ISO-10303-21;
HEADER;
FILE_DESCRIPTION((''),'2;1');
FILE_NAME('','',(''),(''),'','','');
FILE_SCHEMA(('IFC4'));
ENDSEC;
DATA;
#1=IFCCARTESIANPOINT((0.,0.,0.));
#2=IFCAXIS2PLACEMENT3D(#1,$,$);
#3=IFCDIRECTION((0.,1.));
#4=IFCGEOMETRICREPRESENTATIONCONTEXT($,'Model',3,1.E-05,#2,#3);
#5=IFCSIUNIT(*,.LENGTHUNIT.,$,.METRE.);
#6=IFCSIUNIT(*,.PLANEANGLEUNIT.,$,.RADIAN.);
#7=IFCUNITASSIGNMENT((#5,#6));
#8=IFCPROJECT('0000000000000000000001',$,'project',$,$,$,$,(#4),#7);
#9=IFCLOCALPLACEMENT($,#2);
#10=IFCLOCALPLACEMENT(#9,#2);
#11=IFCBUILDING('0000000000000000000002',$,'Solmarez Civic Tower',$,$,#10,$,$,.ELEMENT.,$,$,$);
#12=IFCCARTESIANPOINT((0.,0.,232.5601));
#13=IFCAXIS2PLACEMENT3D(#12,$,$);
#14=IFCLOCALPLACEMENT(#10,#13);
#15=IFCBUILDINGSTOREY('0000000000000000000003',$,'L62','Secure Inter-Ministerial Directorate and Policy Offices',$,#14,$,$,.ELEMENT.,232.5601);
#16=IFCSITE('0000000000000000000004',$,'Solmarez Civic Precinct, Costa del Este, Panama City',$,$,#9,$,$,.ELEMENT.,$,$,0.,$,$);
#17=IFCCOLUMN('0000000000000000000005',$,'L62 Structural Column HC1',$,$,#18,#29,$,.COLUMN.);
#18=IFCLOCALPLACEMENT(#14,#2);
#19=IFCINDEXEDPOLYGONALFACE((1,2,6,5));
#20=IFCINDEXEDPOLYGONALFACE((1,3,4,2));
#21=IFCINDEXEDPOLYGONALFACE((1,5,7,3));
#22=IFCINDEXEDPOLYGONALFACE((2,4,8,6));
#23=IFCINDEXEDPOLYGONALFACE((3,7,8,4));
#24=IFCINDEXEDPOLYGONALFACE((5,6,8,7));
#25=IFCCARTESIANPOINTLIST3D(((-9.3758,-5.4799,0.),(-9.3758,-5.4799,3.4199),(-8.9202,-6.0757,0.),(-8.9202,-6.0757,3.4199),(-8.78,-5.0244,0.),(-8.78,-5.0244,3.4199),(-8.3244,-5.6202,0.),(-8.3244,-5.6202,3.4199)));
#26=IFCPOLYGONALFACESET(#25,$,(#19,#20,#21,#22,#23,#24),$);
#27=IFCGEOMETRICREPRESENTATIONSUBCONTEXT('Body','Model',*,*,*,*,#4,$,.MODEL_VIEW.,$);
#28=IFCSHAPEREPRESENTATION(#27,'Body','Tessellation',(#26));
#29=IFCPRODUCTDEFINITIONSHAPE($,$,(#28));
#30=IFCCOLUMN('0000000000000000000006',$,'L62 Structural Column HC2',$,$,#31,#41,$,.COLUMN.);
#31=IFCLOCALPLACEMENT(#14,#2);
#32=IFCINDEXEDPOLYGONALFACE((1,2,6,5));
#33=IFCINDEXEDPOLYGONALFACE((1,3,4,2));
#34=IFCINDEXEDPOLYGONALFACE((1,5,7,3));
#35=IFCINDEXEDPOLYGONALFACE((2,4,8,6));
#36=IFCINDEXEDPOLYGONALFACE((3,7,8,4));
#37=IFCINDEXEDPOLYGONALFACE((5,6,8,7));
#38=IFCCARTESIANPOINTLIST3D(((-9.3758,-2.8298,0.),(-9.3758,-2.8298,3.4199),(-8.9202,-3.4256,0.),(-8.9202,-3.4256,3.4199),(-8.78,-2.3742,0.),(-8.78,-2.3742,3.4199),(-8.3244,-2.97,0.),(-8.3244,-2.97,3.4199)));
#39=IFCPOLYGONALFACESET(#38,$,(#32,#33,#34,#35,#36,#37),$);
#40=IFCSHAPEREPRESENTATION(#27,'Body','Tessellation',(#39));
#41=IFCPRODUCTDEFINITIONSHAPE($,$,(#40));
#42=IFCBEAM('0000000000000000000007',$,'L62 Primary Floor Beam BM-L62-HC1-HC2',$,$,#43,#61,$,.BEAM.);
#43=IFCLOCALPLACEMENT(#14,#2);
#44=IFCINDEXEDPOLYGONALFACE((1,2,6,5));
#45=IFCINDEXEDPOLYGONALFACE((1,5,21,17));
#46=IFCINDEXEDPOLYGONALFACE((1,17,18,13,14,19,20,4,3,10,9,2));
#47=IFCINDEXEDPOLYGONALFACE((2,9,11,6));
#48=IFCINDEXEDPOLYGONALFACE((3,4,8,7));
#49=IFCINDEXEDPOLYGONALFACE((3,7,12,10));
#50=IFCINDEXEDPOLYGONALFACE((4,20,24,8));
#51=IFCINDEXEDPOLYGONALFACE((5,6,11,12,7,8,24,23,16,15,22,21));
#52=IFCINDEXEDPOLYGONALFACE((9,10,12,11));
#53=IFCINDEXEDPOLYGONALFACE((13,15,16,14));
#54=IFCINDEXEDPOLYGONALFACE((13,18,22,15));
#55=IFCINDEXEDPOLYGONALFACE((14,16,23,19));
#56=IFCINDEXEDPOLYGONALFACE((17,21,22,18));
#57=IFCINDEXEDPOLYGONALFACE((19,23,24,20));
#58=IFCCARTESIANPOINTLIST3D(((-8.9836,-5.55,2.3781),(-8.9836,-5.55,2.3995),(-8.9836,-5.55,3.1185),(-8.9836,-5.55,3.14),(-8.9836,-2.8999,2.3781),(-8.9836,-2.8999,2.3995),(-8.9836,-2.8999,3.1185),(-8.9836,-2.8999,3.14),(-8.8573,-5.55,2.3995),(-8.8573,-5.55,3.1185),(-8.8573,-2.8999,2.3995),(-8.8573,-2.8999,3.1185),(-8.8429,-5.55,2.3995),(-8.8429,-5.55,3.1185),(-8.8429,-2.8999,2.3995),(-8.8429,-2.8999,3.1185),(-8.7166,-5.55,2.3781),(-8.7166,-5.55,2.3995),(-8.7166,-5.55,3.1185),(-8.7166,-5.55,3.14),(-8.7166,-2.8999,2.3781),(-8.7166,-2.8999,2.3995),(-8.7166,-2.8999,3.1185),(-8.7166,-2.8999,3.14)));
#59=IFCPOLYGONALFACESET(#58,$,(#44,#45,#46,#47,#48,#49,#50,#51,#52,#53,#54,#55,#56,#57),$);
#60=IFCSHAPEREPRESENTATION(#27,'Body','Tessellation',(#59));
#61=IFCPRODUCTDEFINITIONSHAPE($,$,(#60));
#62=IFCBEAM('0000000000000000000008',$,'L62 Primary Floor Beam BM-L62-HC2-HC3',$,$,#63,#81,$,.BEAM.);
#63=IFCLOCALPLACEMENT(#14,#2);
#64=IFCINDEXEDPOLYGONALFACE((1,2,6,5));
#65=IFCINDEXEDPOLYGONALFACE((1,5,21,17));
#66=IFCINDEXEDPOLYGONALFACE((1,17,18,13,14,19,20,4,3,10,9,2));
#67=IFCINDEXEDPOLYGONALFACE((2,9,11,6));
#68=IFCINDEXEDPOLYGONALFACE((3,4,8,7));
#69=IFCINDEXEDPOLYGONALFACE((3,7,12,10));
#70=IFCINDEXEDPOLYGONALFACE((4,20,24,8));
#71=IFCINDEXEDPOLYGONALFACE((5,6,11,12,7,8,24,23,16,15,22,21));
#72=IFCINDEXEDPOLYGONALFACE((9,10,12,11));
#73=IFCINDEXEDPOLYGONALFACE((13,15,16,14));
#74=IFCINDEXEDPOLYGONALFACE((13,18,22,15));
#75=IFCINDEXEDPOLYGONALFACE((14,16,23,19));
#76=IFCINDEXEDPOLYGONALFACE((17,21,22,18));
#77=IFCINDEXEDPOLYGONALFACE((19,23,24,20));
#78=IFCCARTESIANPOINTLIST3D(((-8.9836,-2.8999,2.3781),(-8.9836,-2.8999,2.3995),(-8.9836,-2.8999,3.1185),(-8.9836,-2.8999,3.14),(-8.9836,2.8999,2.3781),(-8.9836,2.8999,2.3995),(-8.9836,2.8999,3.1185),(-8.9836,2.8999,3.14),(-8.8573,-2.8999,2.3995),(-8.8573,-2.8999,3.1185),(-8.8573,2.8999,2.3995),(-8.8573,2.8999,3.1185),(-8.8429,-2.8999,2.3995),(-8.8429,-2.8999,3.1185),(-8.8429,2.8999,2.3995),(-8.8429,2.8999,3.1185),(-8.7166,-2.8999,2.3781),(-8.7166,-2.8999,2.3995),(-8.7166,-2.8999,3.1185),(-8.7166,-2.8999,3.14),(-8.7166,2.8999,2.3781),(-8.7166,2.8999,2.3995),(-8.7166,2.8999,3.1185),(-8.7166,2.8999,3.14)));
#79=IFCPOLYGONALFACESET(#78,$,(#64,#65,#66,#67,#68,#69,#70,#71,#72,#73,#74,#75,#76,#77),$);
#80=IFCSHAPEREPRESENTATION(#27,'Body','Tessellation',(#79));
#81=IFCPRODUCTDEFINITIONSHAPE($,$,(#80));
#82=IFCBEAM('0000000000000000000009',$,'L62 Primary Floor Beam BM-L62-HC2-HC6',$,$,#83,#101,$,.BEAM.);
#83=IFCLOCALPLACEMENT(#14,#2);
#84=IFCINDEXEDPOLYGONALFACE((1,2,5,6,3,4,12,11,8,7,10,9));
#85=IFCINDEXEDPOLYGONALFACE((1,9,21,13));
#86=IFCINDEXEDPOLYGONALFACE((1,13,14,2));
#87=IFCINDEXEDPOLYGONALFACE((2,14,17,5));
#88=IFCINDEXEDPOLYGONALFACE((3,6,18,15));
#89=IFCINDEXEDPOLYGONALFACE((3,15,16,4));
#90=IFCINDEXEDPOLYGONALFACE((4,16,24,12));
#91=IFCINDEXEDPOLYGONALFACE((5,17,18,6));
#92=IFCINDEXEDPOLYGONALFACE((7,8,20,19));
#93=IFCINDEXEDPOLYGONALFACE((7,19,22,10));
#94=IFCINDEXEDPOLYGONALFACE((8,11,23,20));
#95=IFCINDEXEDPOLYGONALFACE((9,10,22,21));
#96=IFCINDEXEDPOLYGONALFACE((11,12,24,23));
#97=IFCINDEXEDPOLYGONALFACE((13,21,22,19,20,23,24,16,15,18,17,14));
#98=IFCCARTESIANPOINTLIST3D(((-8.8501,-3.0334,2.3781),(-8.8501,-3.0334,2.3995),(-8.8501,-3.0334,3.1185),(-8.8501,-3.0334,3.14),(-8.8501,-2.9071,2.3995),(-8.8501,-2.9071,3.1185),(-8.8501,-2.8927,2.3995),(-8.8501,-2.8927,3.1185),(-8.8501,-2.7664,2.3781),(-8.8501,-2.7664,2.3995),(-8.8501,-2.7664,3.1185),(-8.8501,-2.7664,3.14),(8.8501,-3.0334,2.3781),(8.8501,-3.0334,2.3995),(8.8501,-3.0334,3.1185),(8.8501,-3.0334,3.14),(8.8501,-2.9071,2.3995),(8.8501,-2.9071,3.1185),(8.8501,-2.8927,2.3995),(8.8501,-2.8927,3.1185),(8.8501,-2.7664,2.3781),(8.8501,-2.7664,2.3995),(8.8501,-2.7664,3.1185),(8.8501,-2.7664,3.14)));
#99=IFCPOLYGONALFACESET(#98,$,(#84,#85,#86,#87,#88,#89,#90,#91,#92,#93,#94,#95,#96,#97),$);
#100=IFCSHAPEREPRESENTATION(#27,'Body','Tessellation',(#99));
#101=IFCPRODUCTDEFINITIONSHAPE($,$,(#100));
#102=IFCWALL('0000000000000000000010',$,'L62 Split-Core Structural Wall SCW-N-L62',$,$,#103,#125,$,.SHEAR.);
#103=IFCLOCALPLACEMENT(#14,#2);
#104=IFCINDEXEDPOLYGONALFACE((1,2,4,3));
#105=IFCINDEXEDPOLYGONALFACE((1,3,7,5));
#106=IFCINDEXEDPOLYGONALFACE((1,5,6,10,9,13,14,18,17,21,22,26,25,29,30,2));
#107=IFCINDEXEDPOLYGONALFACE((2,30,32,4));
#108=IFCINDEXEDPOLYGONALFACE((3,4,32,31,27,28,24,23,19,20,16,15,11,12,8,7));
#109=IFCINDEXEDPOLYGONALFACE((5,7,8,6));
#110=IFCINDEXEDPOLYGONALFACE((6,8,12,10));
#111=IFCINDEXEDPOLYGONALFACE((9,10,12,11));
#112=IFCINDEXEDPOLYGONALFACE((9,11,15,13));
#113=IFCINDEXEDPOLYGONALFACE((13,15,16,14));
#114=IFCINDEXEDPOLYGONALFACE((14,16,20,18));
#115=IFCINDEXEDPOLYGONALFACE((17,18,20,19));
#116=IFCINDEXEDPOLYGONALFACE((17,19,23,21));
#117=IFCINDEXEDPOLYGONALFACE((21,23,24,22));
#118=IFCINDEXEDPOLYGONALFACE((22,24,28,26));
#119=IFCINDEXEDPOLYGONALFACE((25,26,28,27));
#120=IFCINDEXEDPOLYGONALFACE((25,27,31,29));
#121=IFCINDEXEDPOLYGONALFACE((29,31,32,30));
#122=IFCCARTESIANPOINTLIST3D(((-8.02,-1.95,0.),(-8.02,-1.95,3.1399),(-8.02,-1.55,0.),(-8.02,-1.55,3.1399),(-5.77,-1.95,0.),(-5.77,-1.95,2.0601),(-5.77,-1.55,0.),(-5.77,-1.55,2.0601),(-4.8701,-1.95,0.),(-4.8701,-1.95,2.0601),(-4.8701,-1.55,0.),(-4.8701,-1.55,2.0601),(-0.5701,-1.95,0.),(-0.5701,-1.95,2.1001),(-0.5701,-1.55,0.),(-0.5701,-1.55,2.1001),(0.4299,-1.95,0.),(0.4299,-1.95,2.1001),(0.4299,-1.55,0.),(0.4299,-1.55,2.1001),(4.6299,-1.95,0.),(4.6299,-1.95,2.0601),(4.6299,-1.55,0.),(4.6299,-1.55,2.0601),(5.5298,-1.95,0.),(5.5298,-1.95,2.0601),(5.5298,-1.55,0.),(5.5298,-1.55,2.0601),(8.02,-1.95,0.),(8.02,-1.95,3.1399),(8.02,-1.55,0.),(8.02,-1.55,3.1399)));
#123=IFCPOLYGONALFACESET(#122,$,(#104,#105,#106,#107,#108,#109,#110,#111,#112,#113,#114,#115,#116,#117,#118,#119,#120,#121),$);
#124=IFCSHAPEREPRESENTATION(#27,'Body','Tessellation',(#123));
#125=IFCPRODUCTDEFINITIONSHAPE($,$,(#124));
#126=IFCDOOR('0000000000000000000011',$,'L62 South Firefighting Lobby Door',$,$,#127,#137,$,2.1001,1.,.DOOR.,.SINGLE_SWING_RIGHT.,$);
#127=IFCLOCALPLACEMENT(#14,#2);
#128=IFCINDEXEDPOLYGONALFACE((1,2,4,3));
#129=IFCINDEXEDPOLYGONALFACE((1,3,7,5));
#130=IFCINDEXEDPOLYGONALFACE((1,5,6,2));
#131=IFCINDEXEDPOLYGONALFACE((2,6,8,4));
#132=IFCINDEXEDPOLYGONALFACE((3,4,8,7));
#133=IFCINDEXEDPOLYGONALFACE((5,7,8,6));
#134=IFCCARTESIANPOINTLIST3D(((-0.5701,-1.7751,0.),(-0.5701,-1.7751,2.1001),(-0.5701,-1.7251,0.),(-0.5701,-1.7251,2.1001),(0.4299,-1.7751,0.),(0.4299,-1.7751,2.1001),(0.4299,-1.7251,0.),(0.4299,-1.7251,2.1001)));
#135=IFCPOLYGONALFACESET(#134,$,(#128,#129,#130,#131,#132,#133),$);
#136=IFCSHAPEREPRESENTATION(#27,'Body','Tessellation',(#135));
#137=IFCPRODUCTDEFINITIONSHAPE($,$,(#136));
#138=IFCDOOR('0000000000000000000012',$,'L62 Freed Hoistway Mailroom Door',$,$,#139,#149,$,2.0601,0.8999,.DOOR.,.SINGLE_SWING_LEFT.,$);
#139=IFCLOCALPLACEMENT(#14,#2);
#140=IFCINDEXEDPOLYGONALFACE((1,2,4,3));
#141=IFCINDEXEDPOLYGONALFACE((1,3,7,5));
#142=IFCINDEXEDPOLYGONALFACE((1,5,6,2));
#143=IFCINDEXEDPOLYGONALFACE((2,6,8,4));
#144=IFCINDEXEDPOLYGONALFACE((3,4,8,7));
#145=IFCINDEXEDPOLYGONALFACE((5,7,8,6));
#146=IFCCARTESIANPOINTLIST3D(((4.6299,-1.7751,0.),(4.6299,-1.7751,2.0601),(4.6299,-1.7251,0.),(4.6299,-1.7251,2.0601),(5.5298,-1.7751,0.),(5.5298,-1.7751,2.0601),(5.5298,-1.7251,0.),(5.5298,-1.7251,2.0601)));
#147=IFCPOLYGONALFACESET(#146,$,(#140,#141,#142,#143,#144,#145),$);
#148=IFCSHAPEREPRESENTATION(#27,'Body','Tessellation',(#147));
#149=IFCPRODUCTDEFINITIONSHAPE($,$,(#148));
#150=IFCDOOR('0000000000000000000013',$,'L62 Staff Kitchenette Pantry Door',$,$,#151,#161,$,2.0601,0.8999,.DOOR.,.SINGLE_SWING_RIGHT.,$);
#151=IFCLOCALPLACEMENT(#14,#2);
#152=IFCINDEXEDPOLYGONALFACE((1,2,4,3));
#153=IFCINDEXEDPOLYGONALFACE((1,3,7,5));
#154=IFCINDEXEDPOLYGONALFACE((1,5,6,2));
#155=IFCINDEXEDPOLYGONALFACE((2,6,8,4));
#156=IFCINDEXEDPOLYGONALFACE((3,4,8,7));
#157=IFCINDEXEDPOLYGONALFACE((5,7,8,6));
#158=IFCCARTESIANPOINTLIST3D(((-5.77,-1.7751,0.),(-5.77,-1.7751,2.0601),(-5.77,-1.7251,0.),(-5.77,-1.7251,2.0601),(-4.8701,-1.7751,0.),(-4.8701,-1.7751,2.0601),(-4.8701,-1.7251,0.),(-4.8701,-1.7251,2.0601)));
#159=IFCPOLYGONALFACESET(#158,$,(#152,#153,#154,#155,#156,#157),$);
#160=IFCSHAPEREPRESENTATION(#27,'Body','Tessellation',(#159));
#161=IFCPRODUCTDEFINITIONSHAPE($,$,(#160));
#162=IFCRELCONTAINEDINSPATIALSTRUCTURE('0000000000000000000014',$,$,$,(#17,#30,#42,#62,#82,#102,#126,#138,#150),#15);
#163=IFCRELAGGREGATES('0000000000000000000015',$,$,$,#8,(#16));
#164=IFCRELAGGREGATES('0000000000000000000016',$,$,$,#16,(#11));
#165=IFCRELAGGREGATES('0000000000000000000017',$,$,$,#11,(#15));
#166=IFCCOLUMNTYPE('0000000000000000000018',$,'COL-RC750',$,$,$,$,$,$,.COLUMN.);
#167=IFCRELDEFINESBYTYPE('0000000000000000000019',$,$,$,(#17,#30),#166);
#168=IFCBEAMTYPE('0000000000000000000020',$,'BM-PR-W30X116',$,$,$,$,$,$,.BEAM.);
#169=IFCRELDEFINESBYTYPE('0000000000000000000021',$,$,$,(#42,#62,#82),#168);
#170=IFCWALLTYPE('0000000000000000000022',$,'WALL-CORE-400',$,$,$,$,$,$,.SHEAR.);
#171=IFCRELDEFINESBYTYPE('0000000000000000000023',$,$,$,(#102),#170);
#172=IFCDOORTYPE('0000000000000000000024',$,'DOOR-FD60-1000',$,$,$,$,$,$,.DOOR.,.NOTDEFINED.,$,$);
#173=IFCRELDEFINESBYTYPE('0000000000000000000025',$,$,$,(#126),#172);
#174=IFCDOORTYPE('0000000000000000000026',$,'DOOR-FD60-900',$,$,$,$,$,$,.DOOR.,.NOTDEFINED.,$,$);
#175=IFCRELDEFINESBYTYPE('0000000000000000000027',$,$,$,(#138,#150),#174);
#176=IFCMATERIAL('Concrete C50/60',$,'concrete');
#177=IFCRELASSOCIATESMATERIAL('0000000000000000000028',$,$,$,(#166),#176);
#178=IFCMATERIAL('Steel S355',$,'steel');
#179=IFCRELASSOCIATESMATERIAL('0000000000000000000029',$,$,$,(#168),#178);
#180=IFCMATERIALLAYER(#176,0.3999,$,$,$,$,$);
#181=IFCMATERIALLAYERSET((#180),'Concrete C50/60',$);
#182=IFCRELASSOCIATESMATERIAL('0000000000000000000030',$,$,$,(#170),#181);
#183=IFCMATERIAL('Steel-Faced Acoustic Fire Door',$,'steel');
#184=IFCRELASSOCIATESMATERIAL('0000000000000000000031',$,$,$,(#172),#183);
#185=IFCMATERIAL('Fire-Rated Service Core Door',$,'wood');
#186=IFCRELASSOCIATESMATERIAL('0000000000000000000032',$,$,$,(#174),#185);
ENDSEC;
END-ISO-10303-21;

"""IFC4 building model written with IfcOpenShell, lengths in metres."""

from ifc_helpers import new_model, si_unit, direction, frame, frame_2d, origin, origin_2d, place, context, subcontext, project, spatial, rectangle, i_section, extrude, material, layer, layer_set, material_profile, profile_set, type_object, element, fill, save


model = new_model("IFC4")

# Units and contexts
model_context = context("Model", 3, precision=1e-05, world=origin(), true_north=direction((0.0, 1.0)))
body_context = subcontext(model_context, "Body", "Model", "MODEL_VIEW")
ifc_project = project(units=[si_unit("LENGTHUNIT", "METRE"), si_unit("PLANEANGLEUNIT", "RADIAN")], contexts=[model_context])

# Site, building, storey
site_placement = place(None, origin())
site = spatial("IfcSite", under=ifc_project, at=site_placement, Name="Solmarez Civic Precinct, Costa del Este, Panama City", CompositionType="ELEMENT", RefElevation=0.0)
building_placement = place(site_placement, origin())
building = spatial("IfcBuilding", under=site, at=building_placement, Name="Solmarez Civic Tower", CompositionType="ELEMENT")
storey_placement = place(building_placement, frame((0.0, 0.0, 232.5601)))
storey = spatial("IfcBuildingStorey", under=building, at=storey_placement, Name="L62", Description="Secure Inter-Ministerial Directorate and Policy Offices", CompositionType="ELEMENT", Elevation=232.5601)

# Columns
ifc_material_1 = material(Name="Concrete C50/60", Category="concrete")
ifc_material_profile_1 = material_profile(ifc_material_1, rectangle(XDim=0.75, YDim=0.75, at=origin_2d()), Name="RC750X750")
ifc_profile_set_1 = profile_set([ifc_material_profile_1], Name="Concrete C50/60")
column_type = type_object("IfcColumnType", Name="COL-RC750", PredefinedType="COLUMN", material=ifc_profile_set_1)
for number, where, z_axis, x_axis, name in (
    (1, (-8.8501, -5.55, 0.0), (0.0, 0.0, 1.0), (0.794415, 0.607376, 0.0), "L62 Structural Column HC1"),
    (2, (-8.8501, -2.8999, 0.0), (0.0, 0.0, 1.0), (0.794415, 0.607376, 0.0), "L62 Structural Column HC2"),
):
    element("IfcColumn", number, at=place(storey_placement, frame(where, z_axis=z_axis, x_axis=x_axis)), inside=storey, type_object=column_type, Name=name, PredefinedType="COLUMN", context=body_context, shape_type="SweptSolid", body=[
        extrude(rectangle(XDim=0.75, YDim=0.75, at=origin_2d()), origin(), (0.0, 0.0, 1.0), 3.4199),
    ])

# Beams
ifc_material_2 = material(Name="Steel S355", Category="steel")
ifc_material_profile_2 = material_profile(ifc_material_2, i_section(OverallWidth=0.2671, OverallDepth=0.762, WebThickness=0.0144, FlangeThickness=0.0215, at=origin_2d()), Name="W30X116")
ifc_profile_set_2 = profile_set([ifc_material_profile_2], Name="Steel S355")
beam_type = type_object("IfcBeamType", Name="BM-PR-W30X116", PredefinedType="BEAM", material=ifc_profile_set_2)
beam_1_placement = place(storey_placement, frame((-8.8501, -5.55, 2.759), z_axis=(0.0, 1.0, 0.0), x_axis=(-1.0, 0.0, 0.0)))
element("IfcBeam", 3, at=beam_1_placement, inside=storey, type_object=beam_type, Name="L62 Primary Floor Beam BM-L62-HC1-HC2", PredefinedType="BEAM", context=body_context, shape_type="SweptSolid", body=[
    extrude(i_section(OverallWidth=0.2671, OverallDepth=0.762, WebThickness=0.0144, FlangeThickness=0.0215, at=origin_2d()), origin(), (0.0, 0.0, 1.0), 2.6501),
])
beam_2_placement = place(storey_placement, frame((-8.8501, -2.8999, 2.759), z_axis=(0.0, 1.0, 0.0), x_axis=(-1.0, 0.0, 0.0)))
element("IfcBeam", 4, at=beam_2_placement, inside=storey, type_object=beam_type, Name="L62 Primary Floor Beam BM-L62-HC2-HC3", PredefinedType="BEAM", context=body_context, shape_type="SweptSolid", body=[
    extrude(i_section(OverallWidth=0.2671, OverallDepth=0.762, WebThickness=0.0144, FlangeThickness=0.0215, at=origin_2d()), origin(), (0.0, 0.0, 1.0), 5.7998),
])
beam_3_placement = place(storey_placement, frame((-8.8501, -2.8999, 2.759), z_axis=(1.0, 0.0, 0.0), x_axis=(0.0, 1.0, 0.0)))
element("IfcBeam", 5, at=beam_3_placement, inside=storey, type_object=beam_type, Name="L62 Primary Floor Beam BM-L62-HC2-HC6", PredefinedType="BEAM", context=body_context, shape_type="SweptSolid", body=[
    extrude(i_section(OverallWidth=0.2671, OverallDepth=0.762, WebThickness=0.0144, FlangeThickness=0.0215, at=origin_2d()), origin(), (0.0, 0.0, 1.0), 17.7002),
])

# Wall, openings, doors
ifc_layer_1 = layer(ifc_material_1, 0.3999)
ifc_layer_set_1 = layer_set([ifc_layer_1], Name="Concrete C50/60")
wall_type_1 = type_object("IfcWallType", Name="WALL-CORE-400", PredefinedType="SHEAR", material=ifc_layer_set_1)
wall_1_placement = place(storey_placement, frame((-8.02, -1.75, 0.0), z_axis=(0.0, 0.0, 1.0), x_axis=(1.0, 0.0, 0.0)))
wall_1 = element("IfcWall", 6, at=wall_1_placement, inside=storey, type_object=wall_type_1, Name="L62 Split-Core Structural Wall SCW-N-L62", PredefinedType="SHEAR", context=body_context, shape_type="SweptSolid", body=[
    extrude(rectangle(XDim=16.04, YDim=0.3999, at=frame_2d((8.02, 0.0))), origin(), (0.0, 0.0, 1.0), 3.1399),
])
opening_1_placement = place(wall_1_placement, frame((7.45, 0.0, 0.0)))
opening_1 = element("IfcOpeningElement", 7, at=opening_1_placement, cuts=wall_1, PredefinedType="OPENING", context=body_context, shape_type="SweptSolid", body=[
    extrude(rectangle(XDim=1.0, YDim=2.1001, at=frame_2d((0.5, 1.05))), frame((0.0, 0.21, 0.0), z_axis=(0.0, -1.0, 0.0), x_axis=(1.0, 0.0, 0.0)), (0.0, 0.0, 1.0), 0.4199),
])
opening_2_placement = place(wall_1_placement, frame((12.6499, 0.0, 0.0)))
opening_2 = element("IfcOpeningElement", 8, at=opening_2_placement, cuts=wall_1, PredefinedType="OPENING", context=body_context, shape_type="SweptSolid", body=[
    extrude(rectangle(XDim=0.8999, YDim=2.0601, at=frame_2d((0.45, 1.03))), frame((0.0, 0.21, 0.0), z_axis=(0.0, -1.0, 0.0), x_axis=(1.0, 0.0, 0.0)), (0.0, 0.0, 1.0), 0.4199),
])
opening_3_placement = place(wall_1_placement, frame((2.25, 0.0, 0.0)))
opening_3 = element("IfcOpeningElement", 9, at=opening_3_placement, cuts=wall_1, PredefinedType="OPENING", context=body_context, shape_type="SweptSolid", body=[
    extrude(rectangle(XDim=0.8999, YDim=2.0601, at=frame_2d((0.45, 1.03))), frame((0.0, 0.21, 0.0), z_axis=(0.0, -1.0, 0.0), x_axis=(1.0, 0.0, 0.0)), (0.0, 0.0, 1.0), 0.4199),
])
ifc_material_3 = material(Name="Steel-Faced Acoustic Fire Door", Category="steel")
door_type_1 = type_object("IfcDoorType", Name="DOOR-FD60-1000", OperationType="NOTDEFINED", PredefinedType="DOOR", material=ifc_material_3)
door_1_placement = place(opening_1_placement, origin())
door_1 = element("IfcDoor", 10, at=door_1_placement, inside=storey, type_object=door_type_1, Name="L62 South Firefighting Lobby Door", OperationType="SINGLE_SWING_RIGHT", OverallHeight=2.1001, OverallWidth=1.0, PredefinedType="DOOR", context=body_context, shape_type="SweptSolid", body=[
    extrude(rectangle(XDim=1.0, YDim=2.1001, at=frame_2d((0.5, 1.05))), frame((0.0, 0.0249, 0.0), z_axis=(0.0, -1.0, 0.0), x_axis=(1.0, 0.0, 0.0)), (0.0, 0.0, 1.0), 0.05),
])
fill(opening_1, door_1)
ifc_material_4 = material(Name="Fire-Rated Service Core Door", Category="wood")
door_type_2 = type_object("IfcDoorType", Name="DOOR-FD60-900", OperationType="NOTDEFINED", PredefinedType="DOOR", material=ifc_material_4)
door_2_placement = place(opening_2_placement, origin())
door_2 = element("IfcDoor", 11, at=door_2_placement, inside=storey, type_object=door_type_2, Name="L62 Freed Hoistway Mailroom Door", OperationType="SINGLE_SWING_LEFT", OverallHeight=2.0601, OverallWidth=0.8999, PredefinedType="DOOR", context=body_context, shape_type="SweptSolid", body=[
    extrude(rectangle(XDim=0.8999, YDim=2.0601, at=frame_2d((0.45, 1.03))), frame((0.0, 0.0249, 0.0), z_axis=(0.0, -1.0, 0.0), x_axis=(1.0, 0.0, 0.0)), (0.0, 0.0, 1.0), 0.05),
])
fill(opening_2, door_2)
door_3_placement = place(opening_3_placement, origin())
door_3 = element("IfcDoor", 12, at=door_3_placement, inside=storey, type_object=door_type_2, Name="L62 Staff Kitchenette Pantry Door", OperationType="SINGLE_SWING_RIGHT", OverallHeight=2.0601, OverallWidth=0.8999, PredefinedType="DOOR", context=body_context, shape_type="SweptSolid", body=[
    extrude(rectangle(XDim=0.8999, YDim=2.0601, at=frame_2d((0.45, 1.03))), frame((0.0, 0.0249, 0.0), z_axis=(0.0, -1.0, 0.0), x_axis=(1.0, 0.0, 0.0)), (0.0, 0.0, 1.0), 0.05),
])
fill(opening_3, door_3)

save(model, "model.ifc")
